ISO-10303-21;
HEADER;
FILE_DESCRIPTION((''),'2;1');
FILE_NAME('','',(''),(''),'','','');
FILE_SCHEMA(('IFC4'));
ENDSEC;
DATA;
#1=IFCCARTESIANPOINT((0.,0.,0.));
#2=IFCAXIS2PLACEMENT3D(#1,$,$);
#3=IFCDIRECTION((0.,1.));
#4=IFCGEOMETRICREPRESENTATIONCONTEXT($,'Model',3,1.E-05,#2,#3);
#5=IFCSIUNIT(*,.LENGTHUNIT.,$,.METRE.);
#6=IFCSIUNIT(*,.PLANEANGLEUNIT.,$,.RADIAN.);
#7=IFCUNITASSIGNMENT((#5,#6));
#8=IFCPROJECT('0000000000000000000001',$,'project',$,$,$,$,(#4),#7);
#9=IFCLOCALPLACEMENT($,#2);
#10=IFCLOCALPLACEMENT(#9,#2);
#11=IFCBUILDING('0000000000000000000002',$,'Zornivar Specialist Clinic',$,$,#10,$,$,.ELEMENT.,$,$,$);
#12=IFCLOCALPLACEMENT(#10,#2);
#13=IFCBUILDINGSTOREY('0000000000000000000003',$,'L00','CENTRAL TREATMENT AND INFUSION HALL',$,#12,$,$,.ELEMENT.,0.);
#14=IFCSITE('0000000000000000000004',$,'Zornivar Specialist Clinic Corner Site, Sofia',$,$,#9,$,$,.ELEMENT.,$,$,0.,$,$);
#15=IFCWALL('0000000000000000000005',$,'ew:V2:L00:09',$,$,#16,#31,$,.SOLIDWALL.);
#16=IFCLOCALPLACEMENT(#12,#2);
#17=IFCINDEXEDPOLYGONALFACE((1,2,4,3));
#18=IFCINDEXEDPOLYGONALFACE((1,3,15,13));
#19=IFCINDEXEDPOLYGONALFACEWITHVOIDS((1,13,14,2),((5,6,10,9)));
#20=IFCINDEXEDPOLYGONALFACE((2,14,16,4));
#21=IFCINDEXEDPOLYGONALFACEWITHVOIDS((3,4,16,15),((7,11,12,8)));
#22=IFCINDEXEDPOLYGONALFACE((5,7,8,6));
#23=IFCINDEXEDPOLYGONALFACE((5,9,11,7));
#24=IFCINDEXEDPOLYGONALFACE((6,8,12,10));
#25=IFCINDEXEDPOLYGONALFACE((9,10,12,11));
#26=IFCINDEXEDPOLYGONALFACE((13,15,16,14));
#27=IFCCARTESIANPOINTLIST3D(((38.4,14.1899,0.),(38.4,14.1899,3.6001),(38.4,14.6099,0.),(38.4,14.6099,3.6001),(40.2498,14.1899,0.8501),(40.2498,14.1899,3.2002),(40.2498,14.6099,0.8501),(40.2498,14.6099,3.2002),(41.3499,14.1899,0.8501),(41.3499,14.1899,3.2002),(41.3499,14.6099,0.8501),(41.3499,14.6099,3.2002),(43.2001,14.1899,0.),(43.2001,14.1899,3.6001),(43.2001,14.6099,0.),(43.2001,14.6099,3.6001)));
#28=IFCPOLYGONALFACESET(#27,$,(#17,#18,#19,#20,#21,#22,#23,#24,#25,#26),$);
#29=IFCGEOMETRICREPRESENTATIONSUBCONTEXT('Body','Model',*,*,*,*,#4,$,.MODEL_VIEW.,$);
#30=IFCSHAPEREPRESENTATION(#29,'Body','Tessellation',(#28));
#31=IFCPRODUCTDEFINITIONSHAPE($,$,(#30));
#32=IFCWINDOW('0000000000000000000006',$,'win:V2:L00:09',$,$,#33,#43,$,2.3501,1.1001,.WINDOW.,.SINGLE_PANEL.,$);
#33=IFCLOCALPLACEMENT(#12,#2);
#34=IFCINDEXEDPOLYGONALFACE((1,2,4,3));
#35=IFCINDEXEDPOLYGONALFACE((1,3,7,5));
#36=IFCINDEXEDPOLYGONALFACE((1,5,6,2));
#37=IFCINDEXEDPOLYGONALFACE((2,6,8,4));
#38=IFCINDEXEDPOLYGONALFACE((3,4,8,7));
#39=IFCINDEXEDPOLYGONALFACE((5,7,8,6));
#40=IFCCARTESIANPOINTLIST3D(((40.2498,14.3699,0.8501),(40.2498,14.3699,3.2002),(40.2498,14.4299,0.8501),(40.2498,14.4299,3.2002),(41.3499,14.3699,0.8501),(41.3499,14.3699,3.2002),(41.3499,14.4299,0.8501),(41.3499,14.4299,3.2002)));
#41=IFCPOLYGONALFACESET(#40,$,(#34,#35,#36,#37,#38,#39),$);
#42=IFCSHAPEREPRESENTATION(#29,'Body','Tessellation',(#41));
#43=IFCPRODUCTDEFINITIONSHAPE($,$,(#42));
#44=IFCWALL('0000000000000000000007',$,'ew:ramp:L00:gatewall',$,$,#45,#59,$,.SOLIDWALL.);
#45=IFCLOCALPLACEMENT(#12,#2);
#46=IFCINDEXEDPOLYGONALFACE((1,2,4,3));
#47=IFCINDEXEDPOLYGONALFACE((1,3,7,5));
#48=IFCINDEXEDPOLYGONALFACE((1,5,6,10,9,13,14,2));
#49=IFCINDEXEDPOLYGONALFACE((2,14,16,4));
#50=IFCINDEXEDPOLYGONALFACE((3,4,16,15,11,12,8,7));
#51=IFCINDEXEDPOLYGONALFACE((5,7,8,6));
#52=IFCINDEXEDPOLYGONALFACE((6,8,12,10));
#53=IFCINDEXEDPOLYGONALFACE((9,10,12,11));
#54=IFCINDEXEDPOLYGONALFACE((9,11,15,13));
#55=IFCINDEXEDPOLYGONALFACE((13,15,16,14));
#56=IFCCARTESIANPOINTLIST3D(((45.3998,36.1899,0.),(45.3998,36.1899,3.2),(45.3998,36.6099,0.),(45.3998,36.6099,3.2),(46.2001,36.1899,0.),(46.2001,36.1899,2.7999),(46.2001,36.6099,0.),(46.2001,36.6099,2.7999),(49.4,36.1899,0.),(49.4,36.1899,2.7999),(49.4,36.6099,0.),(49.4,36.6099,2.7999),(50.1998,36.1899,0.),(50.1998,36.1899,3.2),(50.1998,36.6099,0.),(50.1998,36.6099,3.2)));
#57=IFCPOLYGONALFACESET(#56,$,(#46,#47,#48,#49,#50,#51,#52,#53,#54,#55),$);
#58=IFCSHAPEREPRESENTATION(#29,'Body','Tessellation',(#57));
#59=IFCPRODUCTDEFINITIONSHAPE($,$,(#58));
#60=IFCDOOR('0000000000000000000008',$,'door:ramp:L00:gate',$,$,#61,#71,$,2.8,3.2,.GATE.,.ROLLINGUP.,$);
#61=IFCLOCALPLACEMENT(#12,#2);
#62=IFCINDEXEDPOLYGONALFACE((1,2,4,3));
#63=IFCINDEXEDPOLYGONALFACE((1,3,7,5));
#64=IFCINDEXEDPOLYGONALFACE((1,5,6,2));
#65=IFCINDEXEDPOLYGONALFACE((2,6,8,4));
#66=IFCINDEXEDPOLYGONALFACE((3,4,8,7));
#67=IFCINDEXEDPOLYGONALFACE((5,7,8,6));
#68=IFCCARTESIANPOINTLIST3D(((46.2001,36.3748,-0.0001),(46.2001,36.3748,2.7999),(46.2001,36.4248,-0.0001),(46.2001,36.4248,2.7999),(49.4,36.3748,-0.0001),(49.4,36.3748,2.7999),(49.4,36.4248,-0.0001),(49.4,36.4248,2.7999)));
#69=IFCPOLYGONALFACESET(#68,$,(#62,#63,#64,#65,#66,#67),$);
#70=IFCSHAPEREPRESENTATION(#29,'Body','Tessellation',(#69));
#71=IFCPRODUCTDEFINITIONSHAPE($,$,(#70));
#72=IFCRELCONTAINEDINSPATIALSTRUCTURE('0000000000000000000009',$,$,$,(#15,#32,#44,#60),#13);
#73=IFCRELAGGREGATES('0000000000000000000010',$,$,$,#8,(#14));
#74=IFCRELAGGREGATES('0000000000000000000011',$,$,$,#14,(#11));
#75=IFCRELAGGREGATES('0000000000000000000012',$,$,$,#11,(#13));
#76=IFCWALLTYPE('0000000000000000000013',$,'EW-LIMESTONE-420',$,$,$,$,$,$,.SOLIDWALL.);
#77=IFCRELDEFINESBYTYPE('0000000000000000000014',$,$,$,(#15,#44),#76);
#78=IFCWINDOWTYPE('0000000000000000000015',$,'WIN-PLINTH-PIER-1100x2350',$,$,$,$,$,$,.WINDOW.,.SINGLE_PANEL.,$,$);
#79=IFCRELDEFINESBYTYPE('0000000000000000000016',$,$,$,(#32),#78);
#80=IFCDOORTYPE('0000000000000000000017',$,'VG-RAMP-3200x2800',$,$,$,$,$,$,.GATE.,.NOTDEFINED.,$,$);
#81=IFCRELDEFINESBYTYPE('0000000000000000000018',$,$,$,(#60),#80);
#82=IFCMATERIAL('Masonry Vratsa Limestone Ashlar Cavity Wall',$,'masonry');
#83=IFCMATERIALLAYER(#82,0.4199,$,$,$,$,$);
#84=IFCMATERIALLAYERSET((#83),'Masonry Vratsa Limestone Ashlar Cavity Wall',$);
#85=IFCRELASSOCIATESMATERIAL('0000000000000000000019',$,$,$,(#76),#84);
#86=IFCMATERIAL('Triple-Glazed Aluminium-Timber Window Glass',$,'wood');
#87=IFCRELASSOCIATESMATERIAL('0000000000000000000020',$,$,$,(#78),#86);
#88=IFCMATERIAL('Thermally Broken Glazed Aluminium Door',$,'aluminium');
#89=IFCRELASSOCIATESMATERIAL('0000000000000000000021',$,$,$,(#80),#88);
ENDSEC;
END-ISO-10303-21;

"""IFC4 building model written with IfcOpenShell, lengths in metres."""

from ifc_helpers import new_model, si_unit, direction, frame, frame_2d, origin, place, context, subcontext, project, spatial, rectangle, extrude, material, layer, layer_set, type_object, element, fill, save


model = new_model("IFC4")

# Units and contexts
model_context = context("Model", 3, precision=1e-05, world=origin(), true_north=direction((0.0, 1.0)))
body_context = subcontext(model_context, "Body", "Model", "MODEL_VIEW")
ifc_project = project(units=[si_unit("LENGTHUNIT", "METRE"), si_unit("PLANEANGLEUNIT", "RADIAN")], contexts=[model_context])

# Site, building, storey
site_placement = place(None, origin())
site = spatial("IfcSite", under=ifc_project, at=site_placement, Name="Zornivar Specialist Clinic Corner Site, Sofia", CompositionType="ELEMENT", RefElevation=0.0)
building_placement = place(site_placement, origin())
building = spatial("IfcBuilding", under=site, at=building_placement, Name="Zornivar Specialist Clinic", CompositionType="ELEMENT")
storey_placement = place(building_placement, origin())
storey = spatial("IfcBuildingStorey", under=building, at=storey_placement, Name="L00", Description="CENTRAL TREATMENT AND INFUSION HALL", CompositionType="ELEMENT", Elevation=0.0)

# Wall, opening, window
ifc_material_1 = material(Name="Masonry Vratsa Limestone Ashlar Cavity Wall", Category="masonry")
ifc_layer = layer(ifc_material_1, 0.4199)
ifc_layer_set = layer_set([ifc_layer], Name="Masonry Vratsa Limestone Ashlar Cavity Wall")
wall_type = type_object("IfcWallType", Name="EW-LIMESTONE-420", PredefinedType="SOLIDWALL", material=ifc_layer_set)
wall_1_placement = place(storey_placement, frame((43.2, 14.3999, 0.0), z_axis=(0.0, 0.0, 1.0), x_axis=(-1.0, 0.0, 0.0)))
wall_1 = element("IfcWall", 1, at=wall_1_placement, inside=storey, type_object=wall_type, Name="ew:V2:L00:09", PredefinedType="SOLIDWALL", context=body_context, shape_type="SweptSolid", body=[
    extrude(rectangle(XDim=4.8, YDim=0.4199, at=frame_2d((2.3999, 0.0))), origin(), (0.0, 0.0, 1.0), 3.6001),
])
opening_1_placement = place(wall_1_placement, frame((1.8501, 0.0, 0.8501)))
opening_1 = element("IfcOpeningElement", 2, at=opening_1_placement, cuts=wall_1, PredefinedType="OPENING", context=body_context, shape_type="SweptSolid", body=[
    extrude(rectangle(XDim=1.1001, YDim=2.3501, at=frame_2d((0.55, 1.175))), frame((0.0, 0.22, 0.0), z_axis=(0.0, -1.0, 0.0), x_axis=(1.0, 0.0, 0.0)), (0.0, 0.0, 1.0), 0.4399),
])
ifc_material_2 = material(Name="Triple-Glazed Aluminium-Timber Window Glass", Category="wood")
window_type = type_object("IfcWindowType", Name="WIN-PLINTH-PIER-1100x2350", PartitioningType="SINGLE_PANEL", PredefinedType="WINDOW", material=ifc_material_2)
window_placement = place(opening_1_placement, origin())
window = element("IfcWindow", 3, at=window_placement, inside=storey, type_object=window_type, Name="win:V2:L00:09", OverallHeight=2.3501, OverallWidth=1.1001, PartitioningType="SINGLE_PANEL", PredefinedType="WINDOW", context=body_context, shape_type="SweptSolid", body=[
    extrude(rectangle(XDim=1.1001, YDim=2.3501, at=frame_2d((0.55, 1.175))), frame((0.0, 0.03, 0.0), z_axis=(0.0, -1.0, 0.0), x_axis=(1.0, 0.0, 0.0)), (0.0, 0.0, 1.0), 0.0601),
])
fill(opening_1, window)

# Wall, opening, door
wall_2_placement = place(storey_placement, frame((45.3999, 36.3999, 0.0), z_axis=(0.0, 0.0, 1.0), x_axis=(1.0, 0.0, 0.0)))
wall_2 = element("IfcWall", 4, at=wall_2_placement, inside=storey, type_object=wall_type, Name="ew:ramp:L00:gatewall", PredefinedType="SOLIDWALL", context=body_context, shape_type="SweptSolid", body=[
    extrude(rectangle(XDim=4.8, YDim=0.4199, at=frame_2d((2.3999, 0.0))), origin(), (0.0, 0.0, 1.0), 3.2),
])
opening_2_placement = place(wall_2_placement, frame((0.8, 0.0, 0.0)))
opening_2 = element("IfcOpeningElement", 5, at=opening_2_placement, cuts=wall_2, PredefinedType="OPENING", context=body_context, shape_type="SweptSolid", body=[
    extrude(rectangle(XDim=3.2, YDim=2.8, at=frame_2d((1.6001, 1.3999))), frame((0.0, 0.22, 0.0), z_axis=(0.0, -1.0, 0.0), x_axis=(1.0, 0.0, 0.0)), (0.0, 0.0, 1.0), 0.4399),
])
ifc_material_3 = material(Name="Thermally Broken Glazed Aluminium Door", Category="aluminium")
door_type = type_object("IfcDoorType", Name="VG-RAMP-3200x2800", OperationType="NOTDEFINED", PredefinedType="GATE", material=ifc_material_3)
door_placement = place(opening_2_placement, origin())
door = element("IfcDoor", 6, at=door_placement, inside=storey, type_object=door_type, Name="door:ramp:L00:gate", OperationType="ROLLINGUP", OverallHeight=2.8, OverallWidth=3.2, PredefinedType="GATE", context=body_context, shape_type="SweptSolid", body=[
    extrude(rectangle(XDim=3.2, YDim=2.8, at=frame_2d((1.6001, 1.3999))), frame((0.0, 0.0249, 0.0), z_axis=(0.0, -1.0, 0.0), x_axis=(1.0, 0.0, 0.0)), (0.0, 0.0, 1.0), 0.05),
])
fill(opening_2, door)

save(model, "model.ifc")
